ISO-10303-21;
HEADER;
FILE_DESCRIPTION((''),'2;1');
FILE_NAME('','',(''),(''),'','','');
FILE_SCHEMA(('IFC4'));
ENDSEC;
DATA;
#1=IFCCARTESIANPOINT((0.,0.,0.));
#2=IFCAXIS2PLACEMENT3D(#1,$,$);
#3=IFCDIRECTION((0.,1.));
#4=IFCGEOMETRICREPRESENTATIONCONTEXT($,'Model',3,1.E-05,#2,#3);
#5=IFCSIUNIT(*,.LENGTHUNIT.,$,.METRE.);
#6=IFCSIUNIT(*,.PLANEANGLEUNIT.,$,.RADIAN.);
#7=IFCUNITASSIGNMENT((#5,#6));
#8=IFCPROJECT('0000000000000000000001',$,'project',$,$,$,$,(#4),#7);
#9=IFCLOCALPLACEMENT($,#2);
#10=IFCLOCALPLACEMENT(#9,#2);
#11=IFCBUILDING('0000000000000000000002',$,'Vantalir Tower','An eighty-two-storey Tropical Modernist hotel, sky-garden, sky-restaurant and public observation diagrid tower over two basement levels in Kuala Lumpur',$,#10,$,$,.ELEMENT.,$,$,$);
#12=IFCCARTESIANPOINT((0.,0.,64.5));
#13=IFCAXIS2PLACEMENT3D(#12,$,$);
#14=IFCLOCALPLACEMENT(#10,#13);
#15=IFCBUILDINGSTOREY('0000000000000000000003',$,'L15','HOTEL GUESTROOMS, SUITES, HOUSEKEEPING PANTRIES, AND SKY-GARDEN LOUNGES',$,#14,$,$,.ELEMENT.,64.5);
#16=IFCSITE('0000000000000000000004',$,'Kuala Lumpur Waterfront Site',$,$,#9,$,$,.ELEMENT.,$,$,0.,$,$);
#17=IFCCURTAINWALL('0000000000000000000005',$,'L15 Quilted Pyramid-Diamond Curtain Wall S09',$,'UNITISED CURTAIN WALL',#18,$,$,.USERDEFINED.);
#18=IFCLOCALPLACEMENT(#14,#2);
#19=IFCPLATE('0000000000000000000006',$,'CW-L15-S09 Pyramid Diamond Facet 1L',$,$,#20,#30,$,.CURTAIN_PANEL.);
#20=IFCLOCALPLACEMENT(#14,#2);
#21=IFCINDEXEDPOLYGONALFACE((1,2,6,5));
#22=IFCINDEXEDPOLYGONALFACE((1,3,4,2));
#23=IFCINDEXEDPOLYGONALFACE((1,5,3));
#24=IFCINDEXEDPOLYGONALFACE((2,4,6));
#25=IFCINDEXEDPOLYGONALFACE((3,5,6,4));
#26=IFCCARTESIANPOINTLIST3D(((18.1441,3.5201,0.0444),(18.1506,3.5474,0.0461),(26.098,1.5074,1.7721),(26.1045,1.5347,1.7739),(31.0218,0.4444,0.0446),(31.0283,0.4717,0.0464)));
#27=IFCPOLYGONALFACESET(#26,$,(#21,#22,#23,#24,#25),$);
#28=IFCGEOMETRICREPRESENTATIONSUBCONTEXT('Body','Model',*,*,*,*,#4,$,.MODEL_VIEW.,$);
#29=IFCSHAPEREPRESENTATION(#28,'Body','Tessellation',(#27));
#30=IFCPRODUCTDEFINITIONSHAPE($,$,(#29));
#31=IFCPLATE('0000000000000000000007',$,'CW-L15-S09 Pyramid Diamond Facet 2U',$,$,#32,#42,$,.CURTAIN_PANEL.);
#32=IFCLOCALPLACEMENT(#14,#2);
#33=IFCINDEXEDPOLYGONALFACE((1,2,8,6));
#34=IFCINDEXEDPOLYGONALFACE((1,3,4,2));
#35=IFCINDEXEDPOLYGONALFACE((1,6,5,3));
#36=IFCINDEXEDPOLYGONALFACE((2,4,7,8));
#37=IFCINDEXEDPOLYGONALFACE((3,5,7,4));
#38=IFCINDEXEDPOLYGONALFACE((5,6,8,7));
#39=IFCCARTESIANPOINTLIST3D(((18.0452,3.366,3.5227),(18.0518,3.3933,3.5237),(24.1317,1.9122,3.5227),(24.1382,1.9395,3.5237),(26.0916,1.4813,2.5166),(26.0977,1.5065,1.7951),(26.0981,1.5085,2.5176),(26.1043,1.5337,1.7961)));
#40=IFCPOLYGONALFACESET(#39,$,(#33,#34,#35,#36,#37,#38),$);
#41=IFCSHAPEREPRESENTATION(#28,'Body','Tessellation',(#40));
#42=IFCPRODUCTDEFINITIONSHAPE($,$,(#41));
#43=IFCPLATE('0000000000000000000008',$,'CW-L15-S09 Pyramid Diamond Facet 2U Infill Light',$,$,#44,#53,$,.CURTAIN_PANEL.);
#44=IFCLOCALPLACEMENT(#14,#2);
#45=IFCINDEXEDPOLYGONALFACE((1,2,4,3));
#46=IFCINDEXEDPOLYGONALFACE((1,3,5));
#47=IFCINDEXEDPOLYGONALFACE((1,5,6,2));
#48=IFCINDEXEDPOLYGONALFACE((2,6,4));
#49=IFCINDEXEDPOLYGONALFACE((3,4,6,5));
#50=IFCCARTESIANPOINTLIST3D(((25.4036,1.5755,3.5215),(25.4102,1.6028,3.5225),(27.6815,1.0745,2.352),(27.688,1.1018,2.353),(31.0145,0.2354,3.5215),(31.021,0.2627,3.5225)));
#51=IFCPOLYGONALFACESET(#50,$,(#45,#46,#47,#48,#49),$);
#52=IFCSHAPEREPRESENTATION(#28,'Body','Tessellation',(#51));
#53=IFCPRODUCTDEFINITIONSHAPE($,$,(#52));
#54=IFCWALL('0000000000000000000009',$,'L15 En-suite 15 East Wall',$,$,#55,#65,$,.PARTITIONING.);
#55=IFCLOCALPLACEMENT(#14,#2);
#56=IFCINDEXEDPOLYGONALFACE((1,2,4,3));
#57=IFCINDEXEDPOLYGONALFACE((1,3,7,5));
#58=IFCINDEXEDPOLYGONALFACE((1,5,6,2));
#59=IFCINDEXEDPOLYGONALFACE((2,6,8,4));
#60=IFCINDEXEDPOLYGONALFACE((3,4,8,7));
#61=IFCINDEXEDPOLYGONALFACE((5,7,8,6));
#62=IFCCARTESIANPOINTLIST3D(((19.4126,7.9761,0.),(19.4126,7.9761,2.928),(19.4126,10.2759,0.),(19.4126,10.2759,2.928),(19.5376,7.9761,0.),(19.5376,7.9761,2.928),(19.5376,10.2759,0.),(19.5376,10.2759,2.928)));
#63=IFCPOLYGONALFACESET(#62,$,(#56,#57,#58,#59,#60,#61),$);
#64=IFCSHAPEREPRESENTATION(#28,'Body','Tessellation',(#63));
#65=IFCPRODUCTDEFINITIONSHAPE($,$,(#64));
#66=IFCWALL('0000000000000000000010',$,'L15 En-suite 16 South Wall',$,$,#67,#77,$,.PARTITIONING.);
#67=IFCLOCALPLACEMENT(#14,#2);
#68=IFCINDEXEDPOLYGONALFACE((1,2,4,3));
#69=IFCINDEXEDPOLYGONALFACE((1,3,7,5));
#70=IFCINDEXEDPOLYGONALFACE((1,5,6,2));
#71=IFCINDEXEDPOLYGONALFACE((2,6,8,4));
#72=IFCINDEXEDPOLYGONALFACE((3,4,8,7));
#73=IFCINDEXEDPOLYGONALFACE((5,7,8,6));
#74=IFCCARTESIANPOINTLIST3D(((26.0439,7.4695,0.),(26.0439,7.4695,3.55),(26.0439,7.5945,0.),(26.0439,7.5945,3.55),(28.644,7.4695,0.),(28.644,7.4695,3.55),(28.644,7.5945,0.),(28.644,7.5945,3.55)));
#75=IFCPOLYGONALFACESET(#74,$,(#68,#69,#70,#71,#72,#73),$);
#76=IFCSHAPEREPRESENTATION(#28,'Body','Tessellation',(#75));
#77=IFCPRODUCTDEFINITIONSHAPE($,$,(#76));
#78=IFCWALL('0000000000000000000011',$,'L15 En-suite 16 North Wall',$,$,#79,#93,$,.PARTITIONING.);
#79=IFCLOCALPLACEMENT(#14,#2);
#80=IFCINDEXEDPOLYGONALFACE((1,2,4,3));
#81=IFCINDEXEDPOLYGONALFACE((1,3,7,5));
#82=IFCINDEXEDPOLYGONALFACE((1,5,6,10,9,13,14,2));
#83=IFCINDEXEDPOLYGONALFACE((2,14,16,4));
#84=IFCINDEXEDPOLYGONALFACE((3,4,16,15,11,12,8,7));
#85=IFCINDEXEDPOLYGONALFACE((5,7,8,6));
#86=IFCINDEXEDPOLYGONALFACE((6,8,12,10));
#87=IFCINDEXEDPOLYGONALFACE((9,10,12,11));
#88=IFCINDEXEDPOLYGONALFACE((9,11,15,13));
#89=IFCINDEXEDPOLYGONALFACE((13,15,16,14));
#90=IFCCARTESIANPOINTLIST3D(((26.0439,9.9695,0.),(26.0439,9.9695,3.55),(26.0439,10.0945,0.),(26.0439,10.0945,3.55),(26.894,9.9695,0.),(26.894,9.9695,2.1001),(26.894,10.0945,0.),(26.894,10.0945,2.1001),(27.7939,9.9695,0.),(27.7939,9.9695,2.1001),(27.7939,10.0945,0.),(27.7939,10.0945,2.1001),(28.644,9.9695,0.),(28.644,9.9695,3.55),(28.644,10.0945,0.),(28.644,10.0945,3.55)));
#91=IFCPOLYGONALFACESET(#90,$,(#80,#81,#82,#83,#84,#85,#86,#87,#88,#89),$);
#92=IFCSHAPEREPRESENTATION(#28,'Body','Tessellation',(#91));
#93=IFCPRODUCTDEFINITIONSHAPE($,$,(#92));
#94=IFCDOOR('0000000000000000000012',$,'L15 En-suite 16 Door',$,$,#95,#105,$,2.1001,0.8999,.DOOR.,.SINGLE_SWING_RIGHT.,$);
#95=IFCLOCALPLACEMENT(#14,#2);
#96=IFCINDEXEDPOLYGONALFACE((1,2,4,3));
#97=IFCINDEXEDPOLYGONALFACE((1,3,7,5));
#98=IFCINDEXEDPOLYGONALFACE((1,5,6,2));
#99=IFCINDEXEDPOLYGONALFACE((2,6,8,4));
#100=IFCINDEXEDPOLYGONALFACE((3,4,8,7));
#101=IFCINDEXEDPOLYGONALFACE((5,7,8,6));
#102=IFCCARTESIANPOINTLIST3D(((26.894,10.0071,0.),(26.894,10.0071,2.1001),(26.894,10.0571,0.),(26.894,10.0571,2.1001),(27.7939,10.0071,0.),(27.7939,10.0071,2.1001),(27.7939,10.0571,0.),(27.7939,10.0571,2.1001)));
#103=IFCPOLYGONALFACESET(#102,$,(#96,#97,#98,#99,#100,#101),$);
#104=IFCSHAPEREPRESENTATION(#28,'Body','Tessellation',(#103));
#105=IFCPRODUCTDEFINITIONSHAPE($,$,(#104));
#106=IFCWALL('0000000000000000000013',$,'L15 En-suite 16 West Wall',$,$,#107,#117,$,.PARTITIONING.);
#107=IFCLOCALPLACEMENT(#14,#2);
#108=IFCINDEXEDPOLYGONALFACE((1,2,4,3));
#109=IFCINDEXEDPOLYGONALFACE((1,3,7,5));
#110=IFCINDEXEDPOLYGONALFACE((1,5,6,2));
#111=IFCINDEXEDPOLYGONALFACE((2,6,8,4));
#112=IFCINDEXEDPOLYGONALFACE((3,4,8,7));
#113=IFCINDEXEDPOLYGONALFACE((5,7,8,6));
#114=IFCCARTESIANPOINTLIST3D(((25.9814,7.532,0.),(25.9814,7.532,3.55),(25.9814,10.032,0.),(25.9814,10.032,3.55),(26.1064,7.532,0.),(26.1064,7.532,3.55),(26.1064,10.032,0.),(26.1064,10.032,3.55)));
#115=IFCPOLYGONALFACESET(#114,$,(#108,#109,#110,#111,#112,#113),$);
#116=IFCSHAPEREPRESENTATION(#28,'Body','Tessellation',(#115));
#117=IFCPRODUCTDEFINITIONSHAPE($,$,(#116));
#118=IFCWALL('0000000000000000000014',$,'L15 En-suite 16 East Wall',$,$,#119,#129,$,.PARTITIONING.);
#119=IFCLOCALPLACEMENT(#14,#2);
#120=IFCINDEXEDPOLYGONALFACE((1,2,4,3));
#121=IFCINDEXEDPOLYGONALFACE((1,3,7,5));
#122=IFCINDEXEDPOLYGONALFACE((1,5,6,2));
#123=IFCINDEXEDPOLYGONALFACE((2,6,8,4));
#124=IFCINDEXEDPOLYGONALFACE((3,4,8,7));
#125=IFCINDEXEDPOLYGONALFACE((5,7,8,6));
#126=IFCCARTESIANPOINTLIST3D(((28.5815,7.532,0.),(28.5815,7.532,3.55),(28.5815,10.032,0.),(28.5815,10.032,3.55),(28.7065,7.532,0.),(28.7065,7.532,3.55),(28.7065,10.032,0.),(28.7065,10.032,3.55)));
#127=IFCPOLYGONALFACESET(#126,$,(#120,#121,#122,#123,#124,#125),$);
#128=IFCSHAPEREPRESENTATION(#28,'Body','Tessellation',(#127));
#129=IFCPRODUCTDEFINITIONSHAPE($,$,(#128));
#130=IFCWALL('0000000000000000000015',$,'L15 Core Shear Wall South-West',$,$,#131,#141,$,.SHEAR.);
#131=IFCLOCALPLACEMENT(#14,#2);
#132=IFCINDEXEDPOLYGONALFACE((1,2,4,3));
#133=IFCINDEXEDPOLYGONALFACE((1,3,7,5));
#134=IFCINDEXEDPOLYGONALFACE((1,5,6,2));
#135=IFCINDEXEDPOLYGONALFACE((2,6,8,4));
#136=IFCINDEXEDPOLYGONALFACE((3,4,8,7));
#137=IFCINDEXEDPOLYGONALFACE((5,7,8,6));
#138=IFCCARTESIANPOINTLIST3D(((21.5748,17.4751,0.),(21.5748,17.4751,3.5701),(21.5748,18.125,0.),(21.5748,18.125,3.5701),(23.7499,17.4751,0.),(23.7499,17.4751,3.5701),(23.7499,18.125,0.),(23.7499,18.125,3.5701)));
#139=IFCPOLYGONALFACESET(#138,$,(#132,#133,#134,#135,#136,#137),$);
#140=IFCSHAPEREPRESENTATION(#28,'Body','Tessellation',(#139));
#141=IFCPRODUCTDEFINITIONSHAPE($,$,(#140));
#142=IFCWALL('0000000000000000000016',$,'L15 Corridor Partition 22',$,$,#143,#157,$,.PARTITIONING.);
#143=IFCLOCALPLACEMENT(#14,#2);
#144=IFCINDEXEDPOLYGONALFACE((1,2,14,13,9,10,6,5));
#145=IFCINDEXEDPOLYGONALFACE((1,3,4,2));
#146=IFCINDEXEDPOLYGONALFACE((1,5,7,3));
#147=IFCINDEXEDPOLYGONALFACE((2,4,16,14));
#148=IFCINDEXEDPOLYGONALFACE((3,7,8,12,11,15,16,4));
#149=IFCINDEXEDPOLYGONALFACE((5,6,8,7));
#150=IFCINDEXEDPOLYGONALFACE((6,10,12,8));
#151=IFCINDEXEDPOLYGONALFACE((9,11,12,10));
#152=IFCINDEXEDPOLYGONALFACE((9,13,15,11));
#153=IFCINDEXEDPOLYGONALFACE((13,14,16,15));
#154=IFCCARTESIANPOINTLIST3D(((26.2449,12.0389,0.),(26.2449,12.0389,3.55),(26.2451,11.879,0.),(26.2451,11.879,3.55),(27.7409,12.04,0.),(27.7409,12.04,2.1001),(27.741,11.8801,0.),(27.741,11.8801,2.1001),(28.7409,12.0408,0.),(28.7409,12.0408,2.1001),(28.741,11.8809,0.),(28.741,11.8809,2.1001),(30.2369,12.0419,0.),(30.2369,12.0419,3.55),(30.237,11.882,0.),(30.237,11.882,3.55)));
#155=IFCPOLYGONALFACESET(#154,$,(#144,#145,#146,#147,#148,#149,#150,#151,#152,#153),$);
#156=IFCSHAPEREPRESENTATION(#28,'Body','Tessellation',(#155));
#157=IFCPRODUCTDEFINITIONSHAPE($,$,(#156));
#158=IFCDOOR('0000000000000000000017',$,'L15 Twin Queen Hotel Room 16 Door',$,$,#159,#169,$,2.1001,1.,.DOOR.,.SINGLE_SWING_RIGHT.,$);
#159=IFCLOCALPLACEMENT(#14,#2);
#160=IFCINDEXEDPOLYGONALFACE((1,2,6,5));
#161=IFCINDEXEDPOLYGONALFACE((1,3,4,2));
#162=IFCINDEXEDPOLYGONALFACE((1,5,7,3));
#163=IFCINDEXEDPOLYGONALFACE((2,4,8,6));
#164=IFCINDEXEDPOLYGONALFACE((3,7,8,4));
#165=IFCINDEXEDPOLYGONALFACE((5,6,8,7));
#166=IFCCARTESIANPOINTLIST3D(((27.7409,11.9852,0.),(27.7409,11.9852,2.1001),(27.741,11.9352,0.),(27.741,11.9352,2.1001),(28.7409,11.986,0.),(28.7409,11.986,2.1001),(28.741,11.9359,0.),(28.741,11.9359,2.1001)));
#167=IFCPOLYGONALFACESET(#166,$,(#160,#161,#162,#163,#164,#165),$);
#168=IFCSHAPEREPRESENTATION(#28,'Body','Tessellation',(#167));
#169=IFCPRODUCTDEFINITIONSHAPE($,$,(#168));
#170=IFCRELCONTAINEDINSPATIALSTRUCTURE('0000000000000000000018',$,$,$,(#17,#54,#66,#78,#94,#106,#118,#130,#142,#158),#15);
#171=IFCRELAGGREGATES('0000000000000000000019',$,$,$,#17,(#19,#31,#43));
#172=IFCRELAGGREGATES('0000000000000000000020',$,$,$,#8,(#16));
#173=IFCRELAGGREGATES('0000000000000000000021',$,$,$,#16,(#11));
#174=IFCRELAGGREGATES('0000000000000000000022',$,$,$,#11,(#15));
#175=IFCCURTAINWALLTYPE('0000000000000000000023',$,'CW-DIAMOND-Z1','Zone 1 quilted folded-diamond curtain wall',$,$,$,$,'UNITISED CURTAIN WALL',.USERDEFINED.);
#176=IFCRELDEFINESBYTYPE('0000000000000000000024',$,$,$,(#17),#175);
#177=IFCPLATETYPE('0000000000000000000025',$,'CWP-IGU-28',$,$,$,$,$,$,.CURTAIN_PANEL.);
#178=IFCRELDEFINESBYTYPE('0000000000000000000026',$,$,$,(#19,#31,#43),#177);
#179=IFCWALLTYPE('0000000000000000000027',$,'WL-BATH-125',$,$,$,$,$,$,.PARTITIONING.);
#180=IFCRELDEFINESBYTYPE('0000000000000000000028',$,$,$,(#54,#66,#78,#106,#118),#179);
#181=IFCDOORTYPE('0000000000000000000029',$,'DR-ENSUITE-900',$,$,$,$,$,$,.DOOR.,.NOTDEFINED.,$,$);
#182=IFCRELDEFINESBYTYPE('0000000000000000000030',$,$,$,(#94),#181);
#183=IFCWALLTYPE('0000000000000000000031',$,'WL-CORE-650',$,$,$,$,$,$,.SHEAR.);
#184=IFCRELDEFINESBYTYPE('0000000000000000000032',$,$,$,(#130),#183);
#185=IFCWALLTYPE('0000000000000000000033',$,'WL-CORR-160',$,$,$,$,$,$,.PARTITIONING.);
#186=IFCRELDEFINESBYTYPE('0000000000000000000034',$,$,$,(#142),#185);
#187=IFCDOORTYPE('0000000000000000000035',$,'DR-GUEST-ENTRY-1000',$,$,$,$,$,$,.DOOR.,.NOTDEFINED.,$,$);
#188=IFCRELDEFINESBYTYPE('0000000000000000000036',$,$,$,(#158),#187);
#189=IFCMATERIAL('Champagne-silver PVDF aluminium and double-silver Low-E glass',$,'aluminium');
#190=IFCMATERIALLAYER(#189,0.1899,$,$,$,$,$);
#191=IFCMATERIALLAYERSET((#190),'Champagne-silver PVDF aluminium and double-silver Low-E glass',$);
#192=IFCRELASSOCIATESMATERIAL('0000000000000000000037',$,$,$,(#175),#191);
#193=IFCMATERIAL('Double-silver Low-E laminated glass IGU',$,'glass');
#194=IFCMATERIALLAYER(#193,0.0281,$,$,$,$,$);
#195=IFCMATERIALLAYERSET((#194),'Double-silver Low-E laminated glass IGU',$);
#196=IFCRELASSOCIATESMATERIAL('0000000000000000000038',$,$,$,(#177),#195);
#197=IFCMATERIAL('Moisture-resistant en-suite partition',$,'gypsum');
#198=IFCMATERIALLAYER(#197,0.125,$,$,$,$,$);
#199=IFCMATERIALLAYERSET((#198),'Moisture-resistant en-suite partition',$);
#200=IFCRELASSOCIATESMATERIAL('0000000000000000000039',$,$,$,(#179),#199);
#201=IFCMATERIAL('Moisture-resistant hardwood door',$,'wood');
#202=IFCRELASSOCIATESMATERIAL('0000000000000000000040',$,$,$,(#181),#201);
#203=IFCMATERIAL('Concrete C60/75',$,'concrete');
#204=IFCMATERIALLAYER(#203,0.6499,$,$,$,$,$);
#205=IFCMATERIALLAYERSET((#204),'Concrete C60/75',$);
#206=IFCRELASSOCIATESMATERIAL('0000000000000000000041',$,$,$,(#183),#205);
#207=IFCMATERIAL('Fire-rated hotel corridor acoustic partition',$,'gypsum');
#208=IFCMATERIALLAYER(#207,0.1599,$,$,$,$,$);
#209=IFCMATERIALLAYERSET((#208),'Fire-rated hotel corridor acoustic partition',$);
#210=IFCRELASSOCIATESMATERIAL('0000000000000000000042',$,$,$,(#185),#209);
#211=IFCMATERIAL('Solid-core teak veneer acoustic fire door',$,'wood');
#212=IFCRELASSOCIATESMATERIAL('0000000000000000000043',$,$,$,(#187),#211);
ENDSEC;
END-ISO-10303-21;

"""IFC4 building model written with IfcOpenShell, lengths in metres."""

from ifc_helpers import new_model, si_unit, direction, frame, frame_2d, origin, place, context, subcontext, project, spatial, polyline, rectangle, outline, extrude, material, layer, layer_set, type_object, element, fill, aggregate, save


model = new_model("IFC4")

# Units and contexts
model_context = context("Model", 3, precision=1e-05, world=origin(), true_north=direction((0.0, 1.0)))
body_context = subcontext(model_context, "Body", "Model", "MODEL_VIEW")
ifc_project = project(units=[si_unit("LENGTHUNIT", "METRE"), si_unit("PLANEANGLEUNIT", "RADIAN")], contexts=[model_context])

# Site, building, storey
site_placement = place(None, origin())
site = spatial("IfcSite", under=ifc_project, at=site_placement, Name="Kuala Lumpur Waterfront Site", CompositionType="ELEMENT", RefElevation=0.0)
building_placement = place(site_placement, origin())
building = spatial("IfcBuilding", under=site, at=building_placement, Name="Vantalir Tower", Description="An eighty-two-storey Tropical Modernist hotel, sky-garden, sky-restaurant and public observation diagrid tower over two basement levels in Kuala Lumpur", CompositionType="ELEMENT")
storey_placement = place(building_placement, frame((0.0, 0.0, 64.5)))
storey = spatial("IfcBuildingStorey", under=building, at=storey_placement, Name="L15", Description="HOTEL GUESTROOMS, SUITES, HOUSEKEEPING PANTRIES, AND SKY-GARDEN LOUNGES", CompositionType="ELEMENT", Elevation=64.5)

# Shared definitions
ifc_material_1 = material(Name="Concrete C60/75", Category="concrete")

# Curtain wall, plates
ifc_material_2 = material(Name="Champagne-silver PVDF aluminium and double-silver Low-E glass", Category="aluminium")
ifc_layer_1 = layer(ifc_material_2, 0.1899)
ifc_layer_set_1 = layer_set([ifc_layer_1], Name="Champagne-silver PVDF aluminium and double-silver Low-E glass")
curtain_wall_type = type_object("IfcCurtainWallType", Name="CW-DIAMOND-Z1", Description="Zone 1 quilted folded-diamond curtain wall", ElementType="UNITISED CURTAIN WALL", PredefinedType="USERDEFINED", material=ifc_layer_set_1)
curtain_wall_placement = place(storey_placement, origin())
curtain_wall = element("IfcCurtainWall", 1, at=curtain_wall_placement, inside=storey, type_object=curtain_wall_type, Name="L15 Quilted Pyramid-Diamond Curtain Wall S09", ObjectType="UNITISED CURTAIN WALL", PredefinedType="USERDEFINED")
ifc_material_3 = material(Name="Double-silver Low-E laminated glass IGU", Category="glass")
ifc_layer_2 = layer(ifc_material_3, 0.0281)
ifc_layer_set_2 = layer_set([ifc_layer_2], Name="Double-silver Low-E laminated glass IGU")
plate_type = type_object("IfcPlateType", Name="CWP-IGU-28", PredefinedType="CURTAIN_PANEL", material=ifc_layer_set_2)
plate_1_placement = place(storey_placement, frame((18.1506, 3.5474, 0.0461), z_axis=(0.231834, 0.970681, 0.063495), x_axis=(0.972643, -0.232304, 0.000018)))
plate_1 = element("IfcPlate", 2, at=plate_1_placement, type_object=plate_type, Name="CW-L15-S09 Pyramid Diamond Facet 1L", PredefinedType="CURTAIN_PANEL", context=body_context, shape_type="SweptSolid", body=[
    extrude(outline(polyline([(0.0, 0.0), (13.2399, 0.0), (8.2039, -1.7311), (0.0, 0.0)])), origin(), (0.0, 0.0, -1.0), 0.0281),
])
plate_2_placement = place(storey_placement, frame((18.0518, 3.3933, 3.5237), z_axis=(0.232173, 0.972011, 0.035926), x_axis=(0.972639, -0.232323, 0.0)))
plate_2 = element("IfcPlate", 3, at=plate_2_placement, type_object=plate_type, Name="CW-L15-S09 Pyramid Diamond Facet 2U", PredefinedType="CURTAIN_PANEL", context=body_context, shape_type="SweptSolid", body=[
    extrude(outline(polyline([(0.0, 0.0), (6.2577, 0.0), (8.2641, 1.0068), (8.2642, 1.7287), (0.0, 0.0)])), origin(), (0.0, 0.0, -1.0), 0.0281),
])
plate_3_placement = place(storey_placement, frame((25.4102, 1.6028, 3.5225), z_axis=(0.232156, 0.97202, 0.03579), x_axis=(0.972643, -0.232305, 0.0)))
plate_3 = element("IfcPlate", 4, at=plate_3_placement, type_object=plate_type, Name="CW-L15-S09 Pyramid Diamond Facet 2U Infill Light", PredefinedType="CURTAIN_PANEL", context=body_context, shape_type="SweptSolid", body=[
    extrude(outline(polyline([(0.0, 0.0), (5.7687, 0.0), (2.3319, 1.1702), (0.0, 0.0)])), origin(), (0.0, 0.0, -1.0), 0.0281),
])
aggregate(curtain_wall, [plate_1, plate_2, plate_3])

# Walls
ifc_material_4 = material(Name="Moisture-resistant en-suite partition", Category="gypsum")
ifc_layer_3 = layer(ifc_material_4, 0.125)
ifc_layer_set_3 = layer_set([ifc_layer_3], Name="Moisture-resistant en-suite partition")
wall_type_1 = type_object("IfcWallType", Name="WL-BATH-125", PredefinedType="PARTITIONING", material=ifc_layer_set_3)
wall_1_placement = place(storey_placement, frame((19.4751, 7.9761, 0.0), z_axis=(0.0, 0.0, 1.0), x_axis=(0.0, 1.0, 0.0)))
element("IfcWall", 5, at=wall_1_placement, inside=storey, type_object=wall_type_1, Name="L15 En-suite 15 East Wall", PredefinedType="PARTITIONING", context=body_context, shape_type="SweptSolid", body=[
    extrude(rectangle(XDim=2.2998, YDim=0.125, at=frame_2d((1.1499, 0.0))), origin(), (0.0, 0.0, 1.0), 2.928),
])
wall_2_placement = place(storey_placement, frame((26.0439, 7.532, 0.0), z_axis=(0.0, 0.0, 1.0), x_axis=(1.0, 0.0, 0.0)))
element("IfcWall", 6, at=wall_2_placement, inside=storey, type_object=wall_type_1, Name="L15 En-suite 16 South Wall", PredefinedType="PARTITIONING", context=body_context, shape_type="SweptSolid", body=[
    extrude(rectangle(XDim=2.6001, YDim=0.125, at=frame_2d((1.3, 0.0))), origin(), (0.0, 0.0, 1.0), 3.55),
])

# Wall, opening, door
wall_3_placement = place(storey_placement, frame((26.0439, 10.032, 0.0), z_axis=(0.0, 0.0, 1.0), x_axis=(1.0, 0.0, 0.0)))
wall_3 = element("IfcWall", 7, at=wall_3_placement, inside=storey, type_object=wall_type_1, Name="L15 En-suite 16 North Wall", PredefinedType="PARTITIONING", context=body_context, shape_type="SweptSolid", body=[
    extrude(rectangle(XDim=2.6001, YDim=0.125, at=frame_2d((1.3, 0.0))), origin(), (0.0, 0.0, 1.0), 3.55),
])
opening_1_placement = place(wall_3_placement, frame((0.8501, 0.0, 0.0)))
opening_1 = element("IfcOpeningElement", 8, at=opening_1_placement, cuts=wall_3, PredefinedType="OPENING", context=body_context, shape_type="SweptSolid", body=[
    extrude(rectangle(XDim=0.8999, YDim=2.1001, at=frame_2d((0.45, 1.05))), frame((0.0, 0.0725, 0.0), z_axis=(0.0, -1.0, 0.0), x_axis=(1.0, 0.0, 0.0)), (0.0, 0.0, 1.0), 0.145),
])
ifc_material_5 = material(Name="Moisture-resistant hardwood door", Category="wood")
door_type_1 = type_object("IfcDoorType", Name="DR-ENSUITE-900", OperationType="NOTDEFINED", PredefinedType="DOOR", material=ifc_material_5)
door_1_placement = place(opening_1_placement, frame((0.8999, 0.0, 0.0), z_axis=(0.0, 0.0, 1.0), x_axis=(-1.0, 0.0, 0.0)))
door_1 = element("IfcDoor", 9, at=door_1_placement, inside=storey, type_object=door_type_1, Name="L15 En-suite 16 Door", OperationType="SINGLE_SWING_RIGHT", OverallHeight=2.1001, OverallWidth=0.8999, PredefinedType="DOOR", context=body_context, shape_type="SweptSolid", body=[
    extrude(rectangle(XDim=0.8999, YDim=2.1001, at=frame_2d((0.45, 1.05))), frame((0.0, 0.0249, 0.0), z_axis=(0.0, -1.0, 0.0), x_axis=(1.0, 0.0, 0.0)), (0.0, 0.0, 1.0), 0.05),
])
fill(opening_1, door_1)

# Walls
for number, where, z_axis, x_axis, name in (
    (10, (26.0439, 7.532, 0.0), (0.0, 0.0, 1.0), (0.0, 1.0, 0.0), "L15 En-suite 16 West Wall"),
    (11, (28.644, 7.532, 0.0), (0.0, 0.0, 1.0), (0.0, 1.0, 0.0), "L15 En-suite 16 East Wall"),
):
    element("IfcWall", number, at=place(storey_placement, frame(where, z_axis=z_axis, x_axis=x_axis)), inside=storey, type_object=wall_type_1, Name=name, PredefinedType="PARTITIONING", context=body_context, shape_type="SweptSolid", body=[
        extrude(rectangle(XDim=2.5, YDim=0.125, at=frame_2d((1.25, 0.0))), origin(), (0.0, 0.0, 1.0), 3.55),
    ])
ifc_layer_4 = layer(ifc_material_1, 0.6499)
ifc_layer_set_4 = layer_set([ifc_layer_4], Name="Concrete C60/75")
wall_type_2 = type_object("IfcWallType", Name="WL-CORE-650", PredefinedType="SHEAR", material=ifc_layer_set_4)
wall_4_placement = place(storey_placement, frame((21.575, 17.8, 0.0), z_axis=(0.0, 0.0, 1.0), x_axis=(1.0, 0.0, 0.0)))
element("IfcWall", 12, at=wall_4_placement, inside=storey, type_object=wall_type_2, Name="L15 Core Shear Wall South-West", PredefinedType="SHEAR", context=body_context, shape_type="SweptSolid", body=[
    extrude(rectangle(XDim=2.175, YDim=0.6499, at=frame_2d((1.0874, 0.0))), origin(), (0.0, 0.0, 1.0), 3.5701),
])

# Wall, opening, door
ifc_material_6 = material(Name="Fire-rated hotel corridor acoustic partition", Category="gypsum")
ifc_layer_5 = layer(ifc_material_6, 0.1599)
ifc_layer_set_5 = layer_set([ifc_layer_5], Name="Fire-rated hotel corridor acoustic partition")
wall_type_3 = type_object("IfcWallType", Name="WL-CORR-160", PredefinedType="PARTITIONING", material=ifc_layer_set_5)
wall_5_placement = place(storey_placement, frame((30.2371, 11.9619, 0.0), z_axis=(0.0, 0.0, 1.0), x_axis=(-1.0, -0.000734, 0.0)))
wall_5 = element("IfcWall", 13, at=wall_5_placement, inside=storey, type_object=wall_type_3, Name="L15 Corridor Partition 22", PredefinedType="PARTITIONING", context=body_context, shape_type="SweptSolid", body=[
    extrude(rectangle(XDim=3.9919, YDim=0.1599, at=frame_2d((1.9961, 0.0))), origin(), (0.0, 0.0, 1.0), 3.55),
])
opening_2_placement = place(wall_5_placement, frame((1.4961, 0.0, 0.0)))
opening_2 = element("IfcOpeningElement", 14, at=opening_2_placement, cuts=wall_5, PredefinedType="OPENING", context=body_context, shape_type="SweptSolid", body=[
    extrude(rectangle(XDim=1.0, YDim=2.1001, at=frame_2d((0.5, 1.05))), frame((0.0, 0.0898, 0.0), z_axis=(0.0, -1.0, 0.0), x_axis=(1.0, 0.0, 0.0)), (0.0, 0.0, 1.0), 0.1799),
])
ifc_material_7 = material(Name="Solid-core teak veneer acoustic fire door", Category="wood")
door_type_2 = type_object("IfcDoorType", Name="DR-GUEST-ENTRY-1000", OperationType="NOTDEFINED", PredefinedType="DOOR", material=ifc_material_7)
door_2_placement = place(opening_2_placement, origin())
door_2 = element("IfcDoor", 15, at=door_2_placement, inside=storey, type_object=door_type_2, Name="L15 Twin Queen Hotel Room 16 Door", OperationType="SINGLE_SWING_RIGHT", OverallHeight=2.1001, OverallWidth=1.0, PredefinedType="DOOR", context=body_context, shape_type="SweptSolid", body=[
    extrude(rectangle(XDim=1.0, YDim=2.1001, at=frame_2d((0.5, 1.05))), frame((0.0, 0.0249, 0.0), z_axis=(0.0, -1.0, 0.0), x_axis=(1.0, 0.0, 0.0)), (0.0, 0.0, 1.0), 0.05),
])
fill(opening_2, door_2)

save(model, "model.ifc")
